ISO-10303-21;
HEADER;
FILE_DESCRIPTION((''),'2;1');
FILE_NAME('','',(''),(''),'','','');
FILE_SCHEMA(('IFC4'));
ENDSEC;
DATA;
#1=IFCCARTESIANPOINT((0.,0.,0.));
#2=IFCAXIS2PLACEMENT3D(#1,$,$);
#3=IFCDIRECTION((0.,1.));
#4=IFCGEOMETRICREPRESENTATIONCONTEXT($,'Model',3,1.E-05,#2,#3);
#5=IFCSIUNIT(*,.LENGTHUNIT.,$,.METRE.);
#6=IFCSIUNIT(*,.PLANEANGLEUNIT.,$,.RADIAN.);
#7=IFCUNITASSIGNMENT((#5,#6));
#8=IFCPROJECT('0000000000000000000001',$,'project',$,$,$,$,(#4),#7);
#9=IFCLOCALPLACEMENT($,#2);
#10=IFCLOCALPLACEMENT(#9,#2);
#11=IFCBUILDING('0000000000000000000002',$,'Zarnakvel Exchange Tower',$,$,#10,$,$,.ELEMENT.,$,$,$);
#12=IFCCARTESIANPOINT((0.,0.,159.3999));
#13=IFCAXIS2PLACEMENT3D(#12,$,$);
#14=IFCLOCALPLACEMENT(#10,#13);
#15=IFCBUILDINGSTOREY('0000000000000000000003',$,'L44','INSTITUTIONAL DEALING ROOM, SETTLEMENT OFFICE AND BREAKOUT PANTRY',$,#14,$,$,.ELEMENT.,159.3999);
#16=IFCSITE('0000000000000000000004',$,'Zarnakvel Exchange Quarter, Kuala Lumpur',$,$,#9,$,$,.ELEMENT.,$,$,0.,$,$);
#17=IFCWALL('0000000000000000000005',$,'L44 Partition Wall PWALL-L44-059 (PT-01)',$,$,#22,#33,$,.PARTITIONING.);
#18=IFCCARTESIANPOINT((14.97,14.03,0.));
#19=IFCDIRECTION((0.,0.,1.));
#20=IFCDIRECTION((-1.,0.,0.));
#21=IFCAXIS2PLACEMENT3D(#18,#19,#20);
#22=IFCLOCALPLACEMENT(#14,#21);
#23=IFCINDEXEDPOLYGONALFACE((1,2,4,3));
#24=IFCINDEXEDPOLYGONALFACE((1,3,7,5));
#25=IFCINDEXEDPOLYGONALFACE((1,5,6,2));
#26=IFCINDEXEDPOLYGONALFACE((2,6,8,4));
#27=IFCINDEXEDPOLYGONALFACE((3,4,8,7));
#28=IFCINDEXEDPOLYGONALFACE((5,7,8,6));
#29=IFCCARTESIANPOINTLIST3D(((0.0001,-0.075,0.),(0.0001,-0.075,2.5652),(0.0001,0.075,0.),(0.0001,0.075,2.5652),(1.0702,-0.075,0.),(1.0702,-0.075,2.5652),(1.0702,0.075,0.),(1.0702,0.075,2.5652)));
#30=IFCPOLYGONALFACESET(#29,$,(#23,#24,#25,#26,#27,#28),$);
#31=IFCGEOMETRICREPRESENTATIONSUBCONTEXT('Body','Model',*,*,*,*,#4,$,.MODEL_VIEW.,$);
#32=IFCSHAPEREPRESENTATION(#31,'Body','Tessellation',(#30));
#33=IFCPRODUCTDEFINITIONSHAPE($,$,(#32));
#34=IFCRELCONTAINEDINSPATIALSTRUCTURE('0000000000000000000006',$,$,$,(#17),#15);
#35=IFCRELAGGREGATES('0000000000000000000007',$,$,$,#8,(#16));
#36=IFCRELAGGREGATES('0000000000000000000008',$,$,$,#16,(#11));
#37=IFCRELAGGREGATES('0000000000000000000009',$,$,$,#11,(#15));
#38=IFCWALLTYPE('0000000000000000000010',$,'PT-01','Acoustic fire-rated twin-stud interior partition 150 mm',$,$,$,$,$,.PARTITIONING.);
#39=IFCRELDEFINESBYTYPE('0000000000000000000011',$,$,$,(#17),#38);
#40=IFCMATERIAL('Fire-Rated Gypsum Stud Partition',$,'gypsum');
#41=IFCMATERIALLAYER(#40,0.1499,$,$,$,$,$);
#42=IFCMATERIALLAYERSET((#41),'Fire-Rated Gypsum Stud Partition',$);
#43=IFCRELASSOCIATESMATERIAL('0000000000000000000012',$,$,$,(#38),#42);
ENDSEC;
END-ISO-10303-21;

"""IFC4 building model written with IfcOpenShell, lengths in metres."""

from ifc_helpers import new_model, si_unit, direction, frame, frame_2d, origin, place, context, subcontext, project, spatial, rectangle, extrude, material, layer, layer_set, type_object, element, save


model = new_model("IFC4")

# Units and contexts
model_context = context("Model", 3, precision=1e-05, world=origin(), true_north=direction((0.0, 1.0)))
body_context = subcontext(model_context, "Body", "Model", "MODEL_VIEW")
ifc_project = project(units=[si_unit("LENGTHUNIT", "METRE"), si_unit("PLANEANGLEUNIT", "RADIAN")], contexts=[model_context])

# Site, building, storey
site_placement = place(None, origin())
site = spatial("IfcSite", under=ifc_project, at=site_placement, Name="Zarnakvel Exchange Quarter, Kuala Lumpur", CompositionType="ELEMENT", RefElevation=0.0)
building_placement = place(site_placement, origin())
building = spatial("IfcBuilding", under=site, at=building_placement, Name="Zarnakvel Exchange Tower", CompositionType="ELEMENT")
storey_placement = place(building_placement, frame((0.0, 0.0, 159.3999)))
storey = spatial("IfcBuildingStorey", under=building, at=storey_placement, Name="L44", Description="INSTITUTIONAL DEALING ROOM, SETTLEMENT OFFICE AND BREAKOUT PANTRY", CompositionType="ELEMENT", Elevation=159.3999)

# Wall
ifc_material_1 = material(Name="Fire-Rated Gypsum Stud Partition", Category="gypsum")
ifc_layer_1 = layer(ifc_material_1, 0.1499)
ifc_layer_set_1 = layer_set([ifc_layer_1], Name="Fire-Rated Gypsum Stud Partition")
wall_type_1 = type_object("IfcWallType", Name="PT-01", Description="Acoustic fire-rated twin-stud interior partition 150 mm", PredefinedType="PARTITIONING", material=ifc_layer_set_1)
wall_1_placement = place(storey_placement, frame((14.97, 14.03, 0.0), z_axis=(0.0, 0.0, 1.0), x_axis=(-1.0, 0.0, 0.0)))
element("IfcWall", 1, at=wall_1_placement, inside=storey, type_object=wall_type_1, Name="L44 Partition Wall PWALL-L44-059 (PT-01)", PredefinedType="PARTITIONING", context=body_context, shape_type="SweptSolid", body=[
    extrude(rectangle(XDim=1.0701, YDim=0.1499, at=frame_2d((0.5352, 0.0))), origin(), (0.0, 0.0, 1.0), 2.5652),
])

save(model, "model.ifc")
